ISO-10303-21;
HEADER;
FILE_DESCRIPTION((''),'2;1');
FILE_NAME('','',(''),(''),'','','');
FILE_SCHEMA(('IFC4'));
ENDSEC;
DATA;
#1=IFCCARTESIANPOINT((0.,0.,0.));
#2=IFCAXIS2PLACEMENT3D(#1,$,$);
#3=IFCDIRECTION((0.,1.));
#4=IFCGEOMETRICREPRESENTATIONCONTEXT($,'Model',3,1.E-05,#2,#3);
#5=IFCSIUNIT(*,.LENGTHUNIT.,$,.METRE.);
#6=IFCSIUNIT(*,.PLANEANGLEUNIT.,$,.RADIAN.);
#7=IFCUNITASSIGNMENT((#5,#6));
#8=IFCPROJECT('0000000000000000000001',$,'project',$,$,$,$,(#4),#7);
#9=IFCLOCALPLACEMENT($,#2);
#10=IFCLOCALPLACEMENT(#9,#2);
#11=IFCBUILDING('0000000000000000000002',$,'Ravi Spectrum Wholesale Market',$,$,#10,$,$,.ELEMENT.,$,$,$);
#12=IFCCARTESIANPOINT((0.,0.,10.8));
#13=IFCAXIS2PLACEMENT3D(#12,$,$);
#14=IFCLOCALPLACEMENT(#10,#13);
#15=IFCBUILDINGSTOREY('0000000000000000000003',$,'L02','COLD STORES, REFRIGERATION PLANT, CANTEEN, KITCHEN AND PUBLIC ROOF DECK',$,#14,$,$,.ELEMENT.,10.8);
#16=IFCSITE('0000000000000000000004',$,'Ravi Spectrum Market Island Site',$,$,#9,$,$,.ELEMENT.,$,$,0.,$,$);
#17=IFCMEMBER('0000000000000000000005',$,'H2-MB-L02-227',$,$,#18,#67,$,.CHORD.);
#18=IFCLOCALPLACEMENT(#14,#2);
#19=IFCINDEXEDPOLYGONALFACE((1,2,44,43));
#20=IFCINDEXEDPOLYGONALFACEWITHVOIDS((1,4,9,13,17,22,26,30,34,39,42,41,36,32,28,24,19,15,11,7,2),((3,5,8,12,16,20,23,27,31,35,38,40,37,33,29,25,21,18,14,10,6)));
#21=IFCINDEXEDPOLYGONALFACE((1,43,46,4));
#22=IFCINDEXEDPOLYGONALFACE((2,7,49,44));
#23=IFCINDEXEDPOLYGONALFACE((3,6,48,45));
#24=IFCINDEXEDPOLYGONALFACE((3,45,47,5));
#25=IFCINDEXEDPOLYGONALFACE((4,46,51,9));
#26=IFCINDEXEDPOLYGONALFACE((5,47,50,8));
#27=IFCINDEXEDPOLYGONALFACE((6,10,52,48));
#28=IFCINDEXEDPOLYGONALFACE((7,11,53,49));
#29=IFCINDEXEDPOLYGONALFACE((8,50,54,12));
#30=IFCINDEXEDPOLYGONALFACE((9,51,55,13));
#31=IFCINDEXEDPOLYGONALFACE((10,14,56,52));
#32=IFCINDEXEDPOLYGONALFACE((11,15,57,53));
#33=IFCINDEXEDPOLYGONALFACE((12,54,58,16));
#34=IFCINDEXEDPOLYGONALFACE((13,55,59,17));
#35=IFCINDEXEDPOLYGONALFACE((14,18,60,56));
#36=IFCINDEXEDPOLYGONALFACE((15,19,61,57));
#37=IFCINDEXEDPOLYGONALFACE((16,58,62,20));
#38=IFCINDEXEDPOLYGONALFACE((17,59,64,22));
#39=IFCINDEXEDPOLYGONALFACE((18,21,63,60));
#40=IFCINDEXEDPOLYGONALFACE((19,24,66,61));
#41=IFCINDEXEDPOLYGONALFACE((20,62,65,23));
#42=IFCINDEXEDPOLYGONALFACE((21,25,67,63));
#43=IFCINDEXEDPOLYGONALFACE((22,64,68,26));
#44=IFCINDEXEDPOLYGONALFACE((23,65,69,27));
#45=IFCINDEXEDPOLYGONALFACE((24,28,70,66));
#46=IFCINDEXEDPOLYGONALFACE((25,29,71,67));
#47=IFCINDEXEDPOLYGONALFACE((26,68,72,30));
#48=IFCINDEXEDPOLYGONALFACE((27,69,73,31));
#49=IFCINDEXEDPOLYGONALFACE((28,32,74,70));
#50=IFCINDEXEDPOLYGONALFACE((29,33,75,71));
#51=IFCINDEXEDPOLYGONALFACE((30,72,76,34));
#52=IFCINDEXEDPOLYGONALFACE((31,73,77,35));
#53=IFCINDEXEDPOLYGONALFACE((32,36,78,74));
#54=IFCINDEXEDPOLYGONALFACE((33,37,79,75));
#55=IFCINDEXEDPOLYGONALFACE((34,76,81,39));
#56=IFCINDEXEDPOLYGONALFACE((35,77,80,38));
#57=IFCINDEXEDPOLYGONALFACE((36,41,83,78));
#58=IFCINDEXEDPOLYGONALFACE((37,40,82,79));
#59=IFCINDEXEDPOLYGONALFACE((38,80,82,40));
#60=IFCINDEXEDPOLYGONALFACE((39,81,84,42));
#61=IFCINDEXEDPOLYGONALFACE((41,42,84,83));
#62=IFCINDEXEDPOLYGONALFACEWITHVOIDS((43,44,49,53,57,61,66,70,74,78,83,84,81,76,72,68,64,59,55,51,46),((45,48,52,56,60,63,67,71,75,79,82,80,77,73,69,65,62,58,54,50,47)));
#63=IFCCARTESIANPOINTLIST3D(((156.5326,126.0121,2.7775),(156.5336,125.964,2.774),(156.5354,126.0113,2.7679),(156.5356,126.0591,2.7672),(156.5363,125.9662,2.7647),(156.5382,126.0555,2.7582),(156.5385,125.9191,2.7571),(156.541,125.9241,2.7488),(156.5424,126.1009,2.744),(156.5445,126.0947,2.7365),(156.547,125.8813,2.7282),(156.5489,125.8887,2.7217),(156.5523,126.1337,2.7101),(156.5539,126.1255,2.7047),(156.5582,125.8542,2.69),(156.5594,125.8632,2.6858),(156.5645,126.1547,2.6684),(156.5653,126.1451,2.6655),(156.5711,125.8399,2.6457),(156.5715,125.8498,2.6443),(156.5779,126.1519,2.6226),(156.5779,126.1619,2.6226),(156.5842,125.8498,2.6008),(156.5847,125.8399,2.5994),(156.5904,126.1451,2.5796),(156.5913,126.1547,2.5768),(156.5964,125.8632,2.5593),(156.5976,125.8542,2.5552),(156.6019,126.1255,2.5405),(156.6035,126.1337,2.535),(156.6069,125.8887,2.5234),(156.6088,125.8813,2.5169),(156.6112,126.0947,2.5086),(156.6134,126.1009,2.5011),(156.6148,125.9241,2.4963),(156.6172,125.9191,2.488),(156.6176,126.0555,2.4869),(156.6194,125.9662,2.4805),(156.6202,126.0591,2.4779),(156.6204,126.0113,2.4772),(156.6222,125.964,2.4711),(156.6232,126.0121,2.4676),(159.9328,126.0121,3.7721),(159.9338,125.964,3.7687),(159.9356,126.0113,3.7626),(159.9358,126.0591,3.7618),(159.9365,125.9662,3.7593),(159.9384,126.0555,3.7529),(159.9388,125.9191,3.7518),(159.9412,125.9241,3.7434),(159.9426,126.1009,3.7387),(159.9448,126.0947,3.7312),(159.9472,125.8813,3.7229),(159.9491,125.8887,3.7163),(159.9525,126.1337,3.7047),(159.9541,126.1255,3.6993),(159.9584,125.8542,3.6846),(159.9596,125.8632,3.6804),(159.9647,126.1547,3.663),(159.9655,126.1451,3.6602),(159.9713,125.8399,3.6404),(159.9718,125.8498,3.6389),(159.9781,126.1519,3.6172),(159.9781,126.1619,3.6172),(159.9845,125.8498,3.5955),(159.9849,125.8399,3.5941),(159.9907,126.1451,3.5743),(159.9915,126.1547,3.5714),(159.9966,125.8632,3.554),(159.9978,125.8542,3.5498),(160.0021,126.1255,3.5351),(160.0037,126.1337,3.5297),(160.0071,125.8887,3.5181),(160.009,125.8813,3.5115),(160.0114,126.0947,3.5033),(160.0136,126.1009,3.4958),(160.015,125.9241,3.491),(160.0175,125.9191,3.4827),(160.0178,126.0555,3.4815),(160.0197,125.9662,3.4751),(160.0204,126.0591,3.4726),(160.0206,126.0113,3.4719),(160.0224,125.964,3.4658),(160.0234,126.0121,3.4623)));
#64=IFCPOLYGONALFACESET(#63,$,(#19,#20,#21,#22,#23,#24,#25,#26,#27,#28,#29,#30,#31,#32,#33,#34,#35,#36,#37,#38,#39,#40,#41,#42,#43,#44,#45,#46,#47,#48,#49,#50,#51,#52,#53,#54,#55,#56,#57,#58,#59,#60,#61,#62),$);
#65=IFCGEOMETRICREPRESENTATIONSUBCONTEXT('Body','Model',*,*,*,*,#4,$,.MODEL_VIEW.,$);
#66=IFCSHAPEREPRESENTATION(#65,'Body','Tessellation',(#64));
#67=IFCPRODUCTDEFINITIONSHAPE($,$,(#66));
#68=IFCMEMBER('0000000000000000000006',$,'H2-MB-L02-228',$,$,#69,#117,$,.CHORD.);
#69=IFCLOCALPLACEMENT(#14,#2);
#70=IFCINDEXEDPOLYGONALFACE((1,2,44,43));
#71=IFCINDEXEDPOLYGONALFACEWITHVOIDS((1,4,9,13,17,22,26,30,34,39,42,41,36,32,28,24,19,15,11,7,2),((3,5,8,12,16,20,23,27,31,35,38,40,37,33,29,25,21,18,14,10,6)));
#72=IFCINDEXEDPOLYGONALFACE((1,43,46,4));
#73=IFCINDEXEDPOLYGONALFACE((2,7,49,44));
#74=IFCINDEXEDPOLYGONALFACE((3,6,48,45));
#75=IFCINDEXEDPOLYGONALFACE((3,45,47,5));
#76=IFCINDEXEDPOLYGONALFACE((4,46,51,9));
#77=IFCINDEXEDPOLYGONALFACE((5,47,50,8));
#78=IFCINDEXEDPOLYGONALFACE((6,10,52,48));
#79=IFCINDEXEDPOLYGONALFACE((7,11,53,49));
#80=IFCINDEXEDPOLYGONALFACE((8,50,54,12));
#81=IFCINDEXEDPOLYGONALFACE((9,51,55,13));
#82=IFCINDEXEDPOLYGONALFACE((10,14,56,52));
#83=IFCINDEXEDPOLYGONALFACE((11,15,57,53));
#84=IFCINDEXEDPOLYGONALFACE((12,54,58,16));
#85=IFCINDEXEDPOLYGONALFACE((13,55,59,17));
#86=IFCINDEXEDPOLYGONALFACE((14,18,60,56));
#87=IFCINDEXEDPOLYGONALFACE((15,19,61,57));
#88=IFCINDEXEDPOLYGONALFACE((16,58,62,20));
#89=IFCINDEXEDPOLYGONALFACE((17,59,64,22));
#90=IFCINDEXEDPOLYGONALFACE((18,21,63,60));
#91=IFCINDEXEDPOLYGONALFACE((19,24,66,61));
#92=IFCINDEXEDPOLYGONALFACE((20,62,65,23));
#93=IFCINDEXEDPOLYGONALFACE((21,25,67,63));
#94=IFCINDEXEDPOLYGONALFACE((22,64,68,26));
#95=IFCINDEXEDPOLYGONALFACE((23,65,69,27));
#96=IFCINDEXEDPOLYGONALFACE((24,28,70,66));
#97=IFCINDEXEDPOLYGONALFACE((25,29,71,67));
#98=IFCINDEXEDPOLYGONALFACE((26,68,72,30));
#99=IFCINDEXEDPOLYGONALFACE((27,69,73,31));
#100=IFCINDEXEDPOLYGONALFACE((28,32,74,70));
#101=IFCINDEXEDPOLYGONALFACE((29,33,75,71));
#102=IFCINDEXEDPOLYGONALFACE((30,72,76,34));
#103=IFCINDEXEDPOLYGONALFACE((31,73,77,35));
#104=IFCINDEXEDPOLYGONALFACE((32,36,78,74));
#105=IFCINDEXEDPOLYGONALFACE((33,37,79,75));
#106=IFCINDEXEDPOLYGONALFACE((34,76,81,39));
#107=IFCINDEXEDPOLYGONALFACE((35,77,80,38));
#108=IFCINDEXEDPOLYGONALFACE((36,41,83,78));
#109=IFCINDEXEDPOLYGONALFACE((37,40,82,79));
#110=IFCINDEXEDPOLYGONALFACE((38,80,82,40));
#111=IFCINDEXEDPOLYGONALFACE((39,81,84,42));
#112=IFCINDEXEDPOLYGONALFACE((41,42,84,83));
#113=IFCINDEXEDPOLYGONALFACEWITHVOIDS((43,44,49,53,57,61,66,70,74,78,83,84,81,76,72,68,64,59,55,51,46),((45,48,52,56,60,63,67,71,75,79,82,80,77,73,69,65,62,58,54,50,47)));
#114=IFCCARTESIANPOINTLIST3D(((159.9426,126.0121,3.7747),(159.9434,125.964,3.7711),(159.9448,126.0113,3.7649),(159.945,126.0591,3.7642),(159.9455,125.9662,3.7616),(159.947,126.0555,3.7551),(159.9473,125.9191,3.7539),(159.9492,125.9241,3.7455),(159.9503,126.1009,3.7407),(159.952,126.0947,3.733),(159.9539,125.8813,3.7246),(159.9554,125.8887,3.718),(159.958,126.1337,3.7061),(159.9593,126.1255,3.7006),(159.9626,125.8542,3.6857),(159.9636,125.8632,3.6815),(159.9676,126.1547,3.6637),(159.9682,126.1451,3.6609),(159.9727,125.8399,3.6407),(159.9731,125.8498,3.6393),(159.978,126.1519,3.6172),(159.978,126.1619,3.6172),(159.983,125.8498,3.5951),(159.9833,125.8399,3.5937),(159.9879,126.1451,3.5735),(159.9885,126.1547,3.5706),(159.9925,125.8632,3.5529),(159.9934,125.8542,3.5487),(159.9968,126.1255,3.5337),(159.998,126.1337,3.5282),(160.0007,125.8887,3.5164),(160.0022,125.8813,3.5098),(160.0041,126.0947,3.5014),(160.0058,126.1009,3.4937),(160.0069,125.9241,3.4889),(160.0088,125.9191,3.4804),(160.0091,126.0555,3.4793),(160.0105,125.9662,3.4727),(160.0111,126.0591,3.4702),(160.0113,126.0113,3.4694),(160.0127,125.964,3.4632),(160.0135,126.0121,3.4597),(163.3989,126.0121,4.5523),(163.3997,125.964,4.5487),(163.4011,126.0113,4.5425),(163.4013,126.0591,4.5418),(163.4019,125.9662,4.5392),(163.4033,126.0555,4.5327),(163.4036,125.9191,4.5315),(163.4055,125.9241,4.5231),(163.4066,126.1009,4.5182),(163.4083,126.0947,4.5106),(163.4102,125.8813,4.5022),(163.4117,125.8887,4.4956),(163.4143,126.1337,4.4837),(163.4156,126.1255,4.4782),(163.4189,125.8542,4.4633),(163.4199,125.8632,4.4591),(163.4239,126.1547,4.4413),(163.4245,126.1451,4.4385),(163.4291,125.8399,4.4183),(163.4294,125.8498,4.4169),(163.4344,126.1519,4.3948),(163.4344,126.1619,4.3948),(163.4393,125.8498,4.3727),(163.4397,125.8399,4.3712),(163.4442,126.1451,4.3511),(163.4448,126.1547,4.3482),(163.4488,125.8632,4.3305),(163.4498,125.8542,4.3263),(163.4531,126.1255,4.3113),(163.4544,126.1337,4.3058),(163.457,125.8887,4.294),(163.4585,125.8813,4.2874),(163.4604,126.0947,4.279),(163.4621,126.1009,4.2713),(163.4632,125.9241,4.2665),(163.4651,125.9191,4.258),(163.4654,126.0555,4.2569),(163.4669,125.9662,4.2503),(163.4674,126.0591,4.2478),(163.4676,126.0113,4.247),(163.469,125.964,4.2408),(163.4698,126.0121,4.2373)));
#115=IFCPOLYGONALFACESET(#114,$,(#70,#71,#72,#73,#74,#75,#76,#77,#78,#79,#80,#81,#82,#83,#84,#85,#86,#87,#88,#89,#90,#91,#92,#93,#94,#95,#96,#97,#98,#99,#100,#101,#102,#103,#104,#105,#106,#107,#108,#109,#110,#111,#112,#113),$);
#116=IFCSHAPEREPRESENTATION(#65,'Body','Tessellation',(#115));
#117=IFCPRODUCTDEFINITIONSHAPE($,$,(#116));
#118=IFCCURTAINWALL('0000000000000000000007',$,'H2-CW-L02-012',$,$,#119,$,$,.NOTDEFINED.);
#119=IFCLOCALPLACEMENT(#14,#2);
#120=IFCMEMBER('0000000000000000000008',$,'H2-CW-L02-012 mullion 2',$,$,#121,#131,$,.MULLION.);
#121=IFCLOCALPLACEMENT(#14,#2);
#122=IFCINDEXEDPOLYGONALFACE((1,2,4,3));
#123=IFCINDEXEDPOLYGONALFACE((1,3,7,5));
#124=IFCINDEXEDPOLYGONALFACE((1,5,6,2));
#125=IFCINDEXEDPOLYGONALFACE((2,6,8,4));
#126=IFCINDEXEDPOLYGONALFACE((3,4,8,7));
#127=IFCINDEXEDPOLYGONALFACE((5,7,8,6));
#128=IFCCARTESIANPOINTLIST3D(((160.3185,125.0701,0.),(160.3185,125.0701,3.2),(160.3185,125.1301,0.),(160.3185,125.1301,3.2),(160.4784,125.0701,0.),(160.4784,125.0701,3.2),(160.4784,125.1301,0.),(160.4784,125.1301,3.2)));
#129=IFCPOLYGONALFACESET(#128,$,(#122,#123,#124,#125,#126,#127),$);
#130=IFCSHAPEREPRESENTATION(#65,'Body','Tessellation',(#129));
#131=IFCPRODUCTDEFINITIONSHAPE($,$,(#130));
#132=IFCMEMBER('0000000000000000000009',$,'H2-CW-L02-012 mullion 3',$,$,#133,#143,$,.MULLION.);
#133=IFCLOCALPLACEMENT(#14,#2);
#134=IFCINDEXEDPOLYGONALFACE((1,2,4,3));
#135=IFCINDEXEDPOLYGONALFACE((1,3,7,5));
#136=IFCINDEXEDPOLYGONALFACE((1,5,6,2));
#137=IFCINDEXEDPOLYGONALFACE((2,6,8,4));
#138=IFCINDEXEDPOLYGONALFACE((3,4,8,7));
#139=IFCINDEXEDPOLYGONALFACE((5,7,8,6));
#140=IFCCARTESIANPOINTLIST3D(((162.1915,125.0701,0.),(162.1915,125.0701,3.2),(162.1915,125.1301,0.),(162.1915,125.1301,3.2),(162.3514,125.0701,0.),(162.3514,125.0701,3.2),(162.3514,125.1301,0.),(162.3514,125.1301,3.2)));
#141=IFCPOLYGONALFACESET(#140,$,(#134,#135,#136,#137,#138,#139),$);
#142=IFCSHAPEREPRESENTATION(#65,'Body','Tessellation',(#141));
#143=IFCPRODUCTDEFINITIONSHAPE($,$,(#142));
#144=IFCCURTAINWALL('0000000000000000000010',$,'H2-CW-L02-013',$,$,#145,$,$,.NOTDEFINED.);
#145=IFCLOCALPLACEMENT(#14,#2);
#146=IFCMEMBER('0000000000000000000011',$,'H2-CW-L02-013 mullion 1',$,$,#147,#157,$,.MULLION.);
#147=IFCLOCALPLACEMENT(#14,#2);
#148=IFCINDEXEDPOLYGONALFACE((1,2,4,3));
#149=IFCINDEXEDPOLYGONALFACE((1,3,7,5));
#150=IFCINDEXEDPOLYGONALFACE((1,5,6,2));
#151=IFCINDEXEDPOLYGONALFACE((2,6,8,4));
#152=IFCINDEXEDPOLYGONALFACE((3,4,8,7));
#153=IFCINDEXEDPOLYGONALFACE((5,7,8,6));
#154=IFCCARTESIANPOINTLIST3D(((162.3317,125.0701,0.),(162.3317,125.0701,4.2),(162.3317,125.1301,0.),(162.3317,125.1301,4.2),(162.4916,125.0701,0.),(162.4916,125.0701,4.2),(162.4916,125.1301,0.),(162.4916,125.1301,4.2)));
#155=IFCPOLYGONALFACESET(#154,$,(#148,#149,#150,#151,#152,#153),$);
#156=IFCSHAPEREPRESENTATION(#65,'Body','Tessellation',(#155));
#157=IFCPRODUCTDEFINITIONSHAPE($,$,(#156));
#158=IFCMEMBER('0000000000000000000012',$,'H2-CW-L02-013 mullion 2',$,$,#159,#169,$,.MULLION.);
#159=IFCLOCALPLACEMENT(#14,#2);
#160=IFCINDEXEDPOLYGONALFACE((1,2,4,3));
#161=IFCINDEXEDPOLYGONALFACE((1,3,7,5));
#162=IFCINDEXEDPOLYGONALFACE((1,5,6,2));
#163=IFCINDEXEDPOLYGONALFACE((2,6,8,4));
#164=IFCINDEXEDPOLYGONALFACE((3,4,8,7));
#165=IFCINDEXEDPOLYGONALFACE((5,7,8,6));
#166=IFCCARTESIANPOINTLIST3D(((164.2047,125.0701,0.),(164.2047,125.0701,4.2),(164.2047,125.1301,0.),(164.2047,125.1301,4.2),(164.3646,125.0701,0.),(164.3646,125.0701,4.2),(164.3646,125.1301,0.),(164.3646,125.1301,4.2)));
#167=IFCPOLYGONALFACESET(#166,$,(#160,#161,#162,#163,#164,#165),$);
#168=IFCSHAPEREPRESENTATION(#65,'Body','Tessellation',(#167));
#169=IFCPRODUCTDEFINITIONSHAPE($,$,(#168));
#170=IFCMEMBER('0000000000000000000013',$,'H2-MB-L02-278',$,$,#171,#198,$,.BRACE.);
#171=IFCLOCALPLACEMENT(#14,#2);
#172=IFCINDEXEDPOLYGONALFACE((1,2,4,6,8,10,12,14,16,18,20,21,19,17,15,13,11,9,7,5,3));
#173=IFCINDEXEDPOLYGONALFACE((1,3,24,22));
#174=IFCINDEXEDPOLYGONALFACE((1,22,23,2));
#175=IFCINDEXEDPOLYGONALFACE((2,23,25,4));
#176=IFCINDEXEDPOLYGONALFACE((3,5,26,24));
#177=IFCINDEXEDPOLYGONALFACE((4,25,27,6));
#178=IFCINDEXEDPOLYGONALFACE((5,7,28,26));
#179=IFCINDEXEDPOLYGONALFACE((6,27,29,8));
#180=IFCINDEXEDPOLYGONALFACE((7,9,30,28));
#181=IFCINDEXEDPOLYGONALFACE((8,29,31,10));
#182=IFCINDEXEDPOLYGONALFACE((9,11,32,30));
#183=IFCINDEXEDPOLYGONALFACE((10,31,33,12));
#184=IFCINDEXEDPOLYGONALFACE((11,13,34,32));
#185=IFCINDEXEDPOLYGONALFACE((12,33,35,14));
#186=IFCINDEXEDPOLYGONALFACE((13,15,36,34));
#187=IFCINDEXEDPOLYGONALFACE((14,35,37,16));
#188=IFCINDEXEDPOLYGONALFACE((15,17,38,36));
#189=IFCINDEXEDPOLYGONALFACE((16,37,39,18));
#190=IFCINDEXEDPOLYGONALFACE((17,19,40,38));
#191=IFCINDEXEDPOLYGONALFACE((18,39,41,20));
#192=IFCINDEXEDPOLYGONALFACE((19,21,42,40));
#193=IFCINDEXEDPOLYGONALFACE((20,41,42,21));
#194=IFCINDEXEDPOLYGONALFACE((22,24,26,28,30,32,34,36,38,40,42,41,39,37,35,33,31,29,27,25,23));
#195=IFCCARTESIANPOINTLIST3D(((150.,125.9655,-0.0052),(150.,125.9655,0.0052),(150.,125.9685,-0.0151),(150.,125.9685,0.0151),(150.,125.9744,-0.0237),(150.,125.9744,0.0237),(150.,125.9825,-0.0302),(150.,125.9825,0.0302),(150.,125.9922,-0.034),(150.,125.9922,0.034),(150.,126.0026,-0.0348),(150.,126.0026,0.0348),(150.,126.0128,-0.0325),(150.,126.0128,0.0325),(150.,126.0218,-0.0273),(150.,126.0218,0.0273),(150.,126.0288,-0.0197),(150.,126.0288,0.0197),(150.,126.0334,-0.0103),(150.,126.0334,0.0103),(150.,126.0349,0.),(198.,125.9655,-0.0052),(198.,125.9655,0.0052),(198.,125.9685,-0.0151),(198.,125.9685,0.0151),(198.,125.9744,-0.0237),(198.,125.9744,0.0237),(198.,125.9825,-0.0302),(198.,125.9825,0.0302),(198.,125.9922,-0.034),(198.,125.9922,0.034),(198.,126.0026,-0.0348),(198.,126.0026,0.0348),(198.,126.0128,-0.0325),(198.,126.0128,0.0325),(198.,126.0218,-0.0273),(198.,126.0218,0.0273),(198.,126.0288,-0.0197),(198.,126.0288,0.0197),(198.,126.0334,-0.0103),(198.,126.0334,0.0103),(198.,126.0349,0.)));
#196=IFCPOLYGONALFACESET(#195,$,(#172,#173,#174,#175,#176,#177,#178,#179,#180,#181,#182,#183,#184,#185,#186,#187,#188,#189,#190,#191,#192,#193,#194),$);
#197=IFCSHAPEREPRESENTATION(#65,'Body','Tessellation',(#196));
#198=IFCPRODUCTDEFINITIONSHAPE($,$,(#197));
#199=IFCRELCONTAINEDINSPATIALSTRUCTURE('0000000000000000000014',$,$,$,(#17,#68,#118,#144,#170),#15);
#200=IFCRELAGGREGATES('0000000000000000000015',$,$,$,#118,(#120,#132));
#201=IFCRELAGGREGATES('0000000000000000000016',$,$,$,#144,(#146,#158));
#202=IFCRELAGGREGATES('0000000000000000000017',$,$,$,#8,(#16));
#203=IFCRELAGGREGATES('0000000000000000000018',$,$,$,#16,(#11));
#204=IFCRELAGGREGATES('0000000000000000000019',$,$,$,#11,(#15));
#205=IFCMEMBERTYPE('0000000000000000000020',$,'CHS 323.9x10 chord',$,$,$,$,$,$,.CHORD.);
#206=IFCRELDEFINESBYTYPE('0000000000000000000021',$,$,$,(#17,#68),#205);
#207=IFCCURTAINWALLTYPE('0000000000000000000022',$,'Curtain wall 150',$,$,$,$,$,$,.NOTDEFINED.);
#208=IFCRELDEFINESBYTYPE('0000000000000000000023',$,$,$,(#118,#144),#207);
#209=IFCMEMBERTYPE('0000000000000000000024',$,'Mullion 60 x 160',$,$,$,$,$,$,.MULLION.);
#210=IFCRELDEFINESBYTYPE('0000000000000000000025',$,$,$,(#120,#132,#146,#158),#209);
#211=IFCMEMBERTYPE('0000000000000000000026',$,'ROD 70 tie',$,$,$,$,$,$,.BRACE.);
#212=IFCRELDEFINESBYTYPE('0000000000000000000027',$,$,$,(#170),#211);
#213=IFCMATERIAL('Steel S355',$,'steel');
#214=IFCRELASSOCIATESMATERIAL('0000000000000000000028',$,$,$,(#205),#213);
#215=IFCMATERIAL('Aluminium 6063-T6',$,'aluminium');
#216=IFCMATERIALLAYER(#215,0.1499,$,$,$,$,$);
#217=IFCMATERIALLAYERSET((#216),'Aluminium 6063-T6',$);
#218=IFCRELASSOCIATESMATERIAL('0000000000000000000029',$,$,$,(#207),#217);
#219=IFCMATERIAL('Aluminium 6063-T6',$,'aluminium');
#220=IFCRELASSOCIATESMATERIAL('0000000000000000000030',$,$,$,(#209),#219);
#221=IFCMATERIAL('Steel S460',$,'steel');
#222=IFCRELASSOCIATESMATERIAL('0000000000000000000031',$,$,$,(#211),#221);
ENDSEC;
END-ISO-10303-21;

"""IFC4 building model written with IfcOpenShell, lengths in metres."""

from ifc_helpers import new_model, si_unit, direction, frame, origin, origin_2d, place, context, subcontext, project, spatial, rectangle, circle, hollow_circle, extrude, material, layer, layer_set, material_profile, profile_set, type_object, element, aggregate, save


model = new_model("IFC4")

# Units and contexts
model_context = context("Model", 3, precision=1e-05, world=origin(), true_north=direction((0.0, 1.0)))
body_context = subcontext(model_context, "Body", "Model", "MODEL_VIEW")
ifc_project = project(units=[si_unit("LENGTHUNIT", "METRE"), si_unit("PLANEANGLEUNIT", "RADIAN")], contexts=[model_context])

# Site, building, storey
site_placement = place(None, origin())
site = spatial("IfcSite", under=ifc_project, at=site_placement, Name="Ravi Spectrum Market Island Site", CompositionType="ELEMENT", RefElevation=0.0)
building_placement = place(site_placement, origin())
building = spatial("IfcBuilding", under=site, at=building_placement, Name="Ravi Spectrum Wholesale Market", CompositionType="ELEMENT")
storey_placement = place(building_placement, frame((0.0, 0.0, 10.8)))
storey = spatial("IfcBuildingStorey", under=building, at=storey_placement, Name="L02", Description="COLD STORES, REFRIGERATION PLANT, CANTEEN, KITCHEN AND PUBLIC ROOF DECK", CompositionType="ELEMENT", Elevation=10.8)

# Members
ifc_material_1 = material(Name="Steel S355", Category="steel")
ifc_material_profile_1 = material_profile(ifc_material_1, hollow_circle(Radius=0.1619, WallThickness=0.01, at=origin_2d()))
ifc_profile_set_1 = profile_set([ifc_material_profile_1], Name="Steel S355")
member_type_1 = type_object("IfcMemberType", Name="CHS 323.9x10 chord", PredefinedType="CHORD", material=ifc_profile_set_1)
for number, where, z_axis, x_axis, name in (
    (1, (156.5779, 126.0, 2.6226), (0.959778, 0.0, 0.280759), (0.0, 1.0, 0.0), "H2-MB-L02-227"),
    (2, (159.978, 126.0, 3.6172), (0.975615, 0.0, 0.219491), (0.0, 1.0, 0.0), "H2-MB-L02-228"),
):
    element("IfcMember", number, at=place(storey_placement, frame(where, z_axis=z_axis, x_axis=x_axis)), inside=storey, type_object=member_type_1, Name=name, PredefinedType="CHORD", context=body_context, shape_type="SweptSolid", body=[
        extrude(hollow_circle(Radius=0.1619, WallThickness=0.01, at=origin_2d()), origin(), (0.0, 0.0, 1.0), 3.5427),
    ])

# Curtain walls, members
ifc_material_2 = material(Name="Aluminium 6063-T6", Category="aluminium")
ifc_layer_1 = layer(ifc_material_2, 0.1499)
ifc_layer_set_1 = layer_set([ifc_layer_1], Name="Aluminium 6063-T6")
curtain_wall_type = type_object("IfcCurtainWallType", Name="Curtain wall 150", PredefinedType="NOTDEFINED", material=ifc_layer_set_1)
curtain_wall_1_placement = place(storey_placement, origin())
curtain_wall_1 = element("IfcCurtainWall", 3, at=curtain_wall_1_placement, inside=storey, type_object=curtain_wall_type, Name="H2-CW-L02-012", PredefinedType="NOTDEFINED")
ifc_material_3 = material(Name="Aluminium 6063-T6", Category="aluminium")
ifc_material_profile_2 = material_profile(ifc_material_3, rectangle(XDim=0.0601, YDim=0.1599, at=origin_2d()))
ifc_profile_set_2 = profile_set([ifc_material_profile_2], Name="Aluminium 6063-T6")
member_type_2 = type_object("IfcMemberType", Name="Mullion 60 x 160", PredefinedType="MULLION", material=ifc_profile_set_2)
member_1_placement = place(storey_placement, frame((160.3984, 125.1001, 0.0), z_axis=(0.0, 0.0, 1.0), x_axis=(0.0, 1.0, 0.0)))
member_1 = element("IfcMember", 4, at=member_1_placement, type_object=member_type_2, Name="H2-CW-L02-012 mullion 2", PredefinedType="MULLION", context=body_context, shape_type="SweptSolid", body=[
    extrude(rectangle(XDim=0.0601, YDim=0.1599, at=origin_2d()), origin(), (0.0, 0.0, 1.0), 3.2),
])
member_2_placement = place(storey_placement, frame((162.2715, 125.1001, 0.0), z_axis=(0.0, 0.0, 1.0), x_axis=(0.0, 1.0, 0.0)))
member_2 = element("IfcMember", 5, at=member_2_placement, type_object=member_type_2, Name="H2-CW-L02-012 mullion 3", PredefinedType="MULLION", context=body_context, shape_type="SweptSolid", body=[
    extrude(rectangle(XDim=0.0601, YDim=0.1599, at=origin_2d()), origin(), (0.0, 0.0, 1.0), 3.2),
])
curtain_wall_2_placement = place(storey_placement, origin())
curtain_wall_2 = element("IfcCurtainWall", 6, at=curtain_wall_2_placement, inside=storey, type_object=curtain_wall_type, Name="H2-CW-L02-013", PredefinedType="NOTDEFINED")
member_3_placement = place(storey_placement, frame((162.4116, 125.1001, 0.0), z_axis=(0.0, 0.0, 1.0), x_axis=(0.0, 1.0, 0.0)))
member_3 = element("IfcMember", 7, at=member_3_placement, type_object=member_type_2, Name="H2-CW-L02-013 mullion 1", PredefinedType="MULLION", context=body_context, shape_type="SweptSolid", body=[
    extrude(rectangle(XDim=0.0601, YDim=0.1599, at=origin_2d()), origin(), (0.0, 0.0, 1.0), 4.2),
])
member_4_placement = place(storey_placement, frame((164.2847, 125.1001, 0.0), z_axis=(0.0, 0.0, 1.0), x_axis=(0.0, 1.0, 0.0)))
member_4 = element("IfcMember", 8, at=member_4_placement, type_object=member_type_2, Name="H2-CW-L02-013 mullion 2", PredefinedType="MULLION", context=body_context, shape_type="SweptSolid", body=[
    extrude(rectangle(XDim=0.0601, YDim=0.1599, at=origin_2d()), origin(), (0.0, 0.0, 1.0), 4.2),
])

# Member
ifc_material_4 = material(Name="Steel S460", Category="steel")
ifc_material_profile_3 = material_profile(ifc_material_4, circle(Radius=0.0349, at=origin_2d()))
ifc_profile_set_3 = profile_set([ifc_material_profile_3], Name="Steel S460")
member_type_3 = type_object("IfcMemberType", Name="ROD 70 tie", PredefinedType="BRACE", material=ifc_profile_set_3)
member_5_placement = place(storey_placement, frame((150.0, 126.0, 0.0), z_axis=(1.0, 0.0, 0.0), x_axis=(0.0, 1.0, 0.0)))
element("IfcMember", 9, at=member_5_placement, inside=storey, type_object=member_type_3, Name="H2-MB-L02-278", PredefinedType="BRACE", context=body_context, shape_type="SweptSolid", body=[
    extrude(circle(Radius=0.0349, at=origin_2d()), origin(), (0.0, 0.0, 1.0), 48.0),
])

aggregate(curtain_wall_1, [member_1, member_2])
aggregate(curtain_wall_2, [member_3, member_4])

save(model, "model.ifc")
